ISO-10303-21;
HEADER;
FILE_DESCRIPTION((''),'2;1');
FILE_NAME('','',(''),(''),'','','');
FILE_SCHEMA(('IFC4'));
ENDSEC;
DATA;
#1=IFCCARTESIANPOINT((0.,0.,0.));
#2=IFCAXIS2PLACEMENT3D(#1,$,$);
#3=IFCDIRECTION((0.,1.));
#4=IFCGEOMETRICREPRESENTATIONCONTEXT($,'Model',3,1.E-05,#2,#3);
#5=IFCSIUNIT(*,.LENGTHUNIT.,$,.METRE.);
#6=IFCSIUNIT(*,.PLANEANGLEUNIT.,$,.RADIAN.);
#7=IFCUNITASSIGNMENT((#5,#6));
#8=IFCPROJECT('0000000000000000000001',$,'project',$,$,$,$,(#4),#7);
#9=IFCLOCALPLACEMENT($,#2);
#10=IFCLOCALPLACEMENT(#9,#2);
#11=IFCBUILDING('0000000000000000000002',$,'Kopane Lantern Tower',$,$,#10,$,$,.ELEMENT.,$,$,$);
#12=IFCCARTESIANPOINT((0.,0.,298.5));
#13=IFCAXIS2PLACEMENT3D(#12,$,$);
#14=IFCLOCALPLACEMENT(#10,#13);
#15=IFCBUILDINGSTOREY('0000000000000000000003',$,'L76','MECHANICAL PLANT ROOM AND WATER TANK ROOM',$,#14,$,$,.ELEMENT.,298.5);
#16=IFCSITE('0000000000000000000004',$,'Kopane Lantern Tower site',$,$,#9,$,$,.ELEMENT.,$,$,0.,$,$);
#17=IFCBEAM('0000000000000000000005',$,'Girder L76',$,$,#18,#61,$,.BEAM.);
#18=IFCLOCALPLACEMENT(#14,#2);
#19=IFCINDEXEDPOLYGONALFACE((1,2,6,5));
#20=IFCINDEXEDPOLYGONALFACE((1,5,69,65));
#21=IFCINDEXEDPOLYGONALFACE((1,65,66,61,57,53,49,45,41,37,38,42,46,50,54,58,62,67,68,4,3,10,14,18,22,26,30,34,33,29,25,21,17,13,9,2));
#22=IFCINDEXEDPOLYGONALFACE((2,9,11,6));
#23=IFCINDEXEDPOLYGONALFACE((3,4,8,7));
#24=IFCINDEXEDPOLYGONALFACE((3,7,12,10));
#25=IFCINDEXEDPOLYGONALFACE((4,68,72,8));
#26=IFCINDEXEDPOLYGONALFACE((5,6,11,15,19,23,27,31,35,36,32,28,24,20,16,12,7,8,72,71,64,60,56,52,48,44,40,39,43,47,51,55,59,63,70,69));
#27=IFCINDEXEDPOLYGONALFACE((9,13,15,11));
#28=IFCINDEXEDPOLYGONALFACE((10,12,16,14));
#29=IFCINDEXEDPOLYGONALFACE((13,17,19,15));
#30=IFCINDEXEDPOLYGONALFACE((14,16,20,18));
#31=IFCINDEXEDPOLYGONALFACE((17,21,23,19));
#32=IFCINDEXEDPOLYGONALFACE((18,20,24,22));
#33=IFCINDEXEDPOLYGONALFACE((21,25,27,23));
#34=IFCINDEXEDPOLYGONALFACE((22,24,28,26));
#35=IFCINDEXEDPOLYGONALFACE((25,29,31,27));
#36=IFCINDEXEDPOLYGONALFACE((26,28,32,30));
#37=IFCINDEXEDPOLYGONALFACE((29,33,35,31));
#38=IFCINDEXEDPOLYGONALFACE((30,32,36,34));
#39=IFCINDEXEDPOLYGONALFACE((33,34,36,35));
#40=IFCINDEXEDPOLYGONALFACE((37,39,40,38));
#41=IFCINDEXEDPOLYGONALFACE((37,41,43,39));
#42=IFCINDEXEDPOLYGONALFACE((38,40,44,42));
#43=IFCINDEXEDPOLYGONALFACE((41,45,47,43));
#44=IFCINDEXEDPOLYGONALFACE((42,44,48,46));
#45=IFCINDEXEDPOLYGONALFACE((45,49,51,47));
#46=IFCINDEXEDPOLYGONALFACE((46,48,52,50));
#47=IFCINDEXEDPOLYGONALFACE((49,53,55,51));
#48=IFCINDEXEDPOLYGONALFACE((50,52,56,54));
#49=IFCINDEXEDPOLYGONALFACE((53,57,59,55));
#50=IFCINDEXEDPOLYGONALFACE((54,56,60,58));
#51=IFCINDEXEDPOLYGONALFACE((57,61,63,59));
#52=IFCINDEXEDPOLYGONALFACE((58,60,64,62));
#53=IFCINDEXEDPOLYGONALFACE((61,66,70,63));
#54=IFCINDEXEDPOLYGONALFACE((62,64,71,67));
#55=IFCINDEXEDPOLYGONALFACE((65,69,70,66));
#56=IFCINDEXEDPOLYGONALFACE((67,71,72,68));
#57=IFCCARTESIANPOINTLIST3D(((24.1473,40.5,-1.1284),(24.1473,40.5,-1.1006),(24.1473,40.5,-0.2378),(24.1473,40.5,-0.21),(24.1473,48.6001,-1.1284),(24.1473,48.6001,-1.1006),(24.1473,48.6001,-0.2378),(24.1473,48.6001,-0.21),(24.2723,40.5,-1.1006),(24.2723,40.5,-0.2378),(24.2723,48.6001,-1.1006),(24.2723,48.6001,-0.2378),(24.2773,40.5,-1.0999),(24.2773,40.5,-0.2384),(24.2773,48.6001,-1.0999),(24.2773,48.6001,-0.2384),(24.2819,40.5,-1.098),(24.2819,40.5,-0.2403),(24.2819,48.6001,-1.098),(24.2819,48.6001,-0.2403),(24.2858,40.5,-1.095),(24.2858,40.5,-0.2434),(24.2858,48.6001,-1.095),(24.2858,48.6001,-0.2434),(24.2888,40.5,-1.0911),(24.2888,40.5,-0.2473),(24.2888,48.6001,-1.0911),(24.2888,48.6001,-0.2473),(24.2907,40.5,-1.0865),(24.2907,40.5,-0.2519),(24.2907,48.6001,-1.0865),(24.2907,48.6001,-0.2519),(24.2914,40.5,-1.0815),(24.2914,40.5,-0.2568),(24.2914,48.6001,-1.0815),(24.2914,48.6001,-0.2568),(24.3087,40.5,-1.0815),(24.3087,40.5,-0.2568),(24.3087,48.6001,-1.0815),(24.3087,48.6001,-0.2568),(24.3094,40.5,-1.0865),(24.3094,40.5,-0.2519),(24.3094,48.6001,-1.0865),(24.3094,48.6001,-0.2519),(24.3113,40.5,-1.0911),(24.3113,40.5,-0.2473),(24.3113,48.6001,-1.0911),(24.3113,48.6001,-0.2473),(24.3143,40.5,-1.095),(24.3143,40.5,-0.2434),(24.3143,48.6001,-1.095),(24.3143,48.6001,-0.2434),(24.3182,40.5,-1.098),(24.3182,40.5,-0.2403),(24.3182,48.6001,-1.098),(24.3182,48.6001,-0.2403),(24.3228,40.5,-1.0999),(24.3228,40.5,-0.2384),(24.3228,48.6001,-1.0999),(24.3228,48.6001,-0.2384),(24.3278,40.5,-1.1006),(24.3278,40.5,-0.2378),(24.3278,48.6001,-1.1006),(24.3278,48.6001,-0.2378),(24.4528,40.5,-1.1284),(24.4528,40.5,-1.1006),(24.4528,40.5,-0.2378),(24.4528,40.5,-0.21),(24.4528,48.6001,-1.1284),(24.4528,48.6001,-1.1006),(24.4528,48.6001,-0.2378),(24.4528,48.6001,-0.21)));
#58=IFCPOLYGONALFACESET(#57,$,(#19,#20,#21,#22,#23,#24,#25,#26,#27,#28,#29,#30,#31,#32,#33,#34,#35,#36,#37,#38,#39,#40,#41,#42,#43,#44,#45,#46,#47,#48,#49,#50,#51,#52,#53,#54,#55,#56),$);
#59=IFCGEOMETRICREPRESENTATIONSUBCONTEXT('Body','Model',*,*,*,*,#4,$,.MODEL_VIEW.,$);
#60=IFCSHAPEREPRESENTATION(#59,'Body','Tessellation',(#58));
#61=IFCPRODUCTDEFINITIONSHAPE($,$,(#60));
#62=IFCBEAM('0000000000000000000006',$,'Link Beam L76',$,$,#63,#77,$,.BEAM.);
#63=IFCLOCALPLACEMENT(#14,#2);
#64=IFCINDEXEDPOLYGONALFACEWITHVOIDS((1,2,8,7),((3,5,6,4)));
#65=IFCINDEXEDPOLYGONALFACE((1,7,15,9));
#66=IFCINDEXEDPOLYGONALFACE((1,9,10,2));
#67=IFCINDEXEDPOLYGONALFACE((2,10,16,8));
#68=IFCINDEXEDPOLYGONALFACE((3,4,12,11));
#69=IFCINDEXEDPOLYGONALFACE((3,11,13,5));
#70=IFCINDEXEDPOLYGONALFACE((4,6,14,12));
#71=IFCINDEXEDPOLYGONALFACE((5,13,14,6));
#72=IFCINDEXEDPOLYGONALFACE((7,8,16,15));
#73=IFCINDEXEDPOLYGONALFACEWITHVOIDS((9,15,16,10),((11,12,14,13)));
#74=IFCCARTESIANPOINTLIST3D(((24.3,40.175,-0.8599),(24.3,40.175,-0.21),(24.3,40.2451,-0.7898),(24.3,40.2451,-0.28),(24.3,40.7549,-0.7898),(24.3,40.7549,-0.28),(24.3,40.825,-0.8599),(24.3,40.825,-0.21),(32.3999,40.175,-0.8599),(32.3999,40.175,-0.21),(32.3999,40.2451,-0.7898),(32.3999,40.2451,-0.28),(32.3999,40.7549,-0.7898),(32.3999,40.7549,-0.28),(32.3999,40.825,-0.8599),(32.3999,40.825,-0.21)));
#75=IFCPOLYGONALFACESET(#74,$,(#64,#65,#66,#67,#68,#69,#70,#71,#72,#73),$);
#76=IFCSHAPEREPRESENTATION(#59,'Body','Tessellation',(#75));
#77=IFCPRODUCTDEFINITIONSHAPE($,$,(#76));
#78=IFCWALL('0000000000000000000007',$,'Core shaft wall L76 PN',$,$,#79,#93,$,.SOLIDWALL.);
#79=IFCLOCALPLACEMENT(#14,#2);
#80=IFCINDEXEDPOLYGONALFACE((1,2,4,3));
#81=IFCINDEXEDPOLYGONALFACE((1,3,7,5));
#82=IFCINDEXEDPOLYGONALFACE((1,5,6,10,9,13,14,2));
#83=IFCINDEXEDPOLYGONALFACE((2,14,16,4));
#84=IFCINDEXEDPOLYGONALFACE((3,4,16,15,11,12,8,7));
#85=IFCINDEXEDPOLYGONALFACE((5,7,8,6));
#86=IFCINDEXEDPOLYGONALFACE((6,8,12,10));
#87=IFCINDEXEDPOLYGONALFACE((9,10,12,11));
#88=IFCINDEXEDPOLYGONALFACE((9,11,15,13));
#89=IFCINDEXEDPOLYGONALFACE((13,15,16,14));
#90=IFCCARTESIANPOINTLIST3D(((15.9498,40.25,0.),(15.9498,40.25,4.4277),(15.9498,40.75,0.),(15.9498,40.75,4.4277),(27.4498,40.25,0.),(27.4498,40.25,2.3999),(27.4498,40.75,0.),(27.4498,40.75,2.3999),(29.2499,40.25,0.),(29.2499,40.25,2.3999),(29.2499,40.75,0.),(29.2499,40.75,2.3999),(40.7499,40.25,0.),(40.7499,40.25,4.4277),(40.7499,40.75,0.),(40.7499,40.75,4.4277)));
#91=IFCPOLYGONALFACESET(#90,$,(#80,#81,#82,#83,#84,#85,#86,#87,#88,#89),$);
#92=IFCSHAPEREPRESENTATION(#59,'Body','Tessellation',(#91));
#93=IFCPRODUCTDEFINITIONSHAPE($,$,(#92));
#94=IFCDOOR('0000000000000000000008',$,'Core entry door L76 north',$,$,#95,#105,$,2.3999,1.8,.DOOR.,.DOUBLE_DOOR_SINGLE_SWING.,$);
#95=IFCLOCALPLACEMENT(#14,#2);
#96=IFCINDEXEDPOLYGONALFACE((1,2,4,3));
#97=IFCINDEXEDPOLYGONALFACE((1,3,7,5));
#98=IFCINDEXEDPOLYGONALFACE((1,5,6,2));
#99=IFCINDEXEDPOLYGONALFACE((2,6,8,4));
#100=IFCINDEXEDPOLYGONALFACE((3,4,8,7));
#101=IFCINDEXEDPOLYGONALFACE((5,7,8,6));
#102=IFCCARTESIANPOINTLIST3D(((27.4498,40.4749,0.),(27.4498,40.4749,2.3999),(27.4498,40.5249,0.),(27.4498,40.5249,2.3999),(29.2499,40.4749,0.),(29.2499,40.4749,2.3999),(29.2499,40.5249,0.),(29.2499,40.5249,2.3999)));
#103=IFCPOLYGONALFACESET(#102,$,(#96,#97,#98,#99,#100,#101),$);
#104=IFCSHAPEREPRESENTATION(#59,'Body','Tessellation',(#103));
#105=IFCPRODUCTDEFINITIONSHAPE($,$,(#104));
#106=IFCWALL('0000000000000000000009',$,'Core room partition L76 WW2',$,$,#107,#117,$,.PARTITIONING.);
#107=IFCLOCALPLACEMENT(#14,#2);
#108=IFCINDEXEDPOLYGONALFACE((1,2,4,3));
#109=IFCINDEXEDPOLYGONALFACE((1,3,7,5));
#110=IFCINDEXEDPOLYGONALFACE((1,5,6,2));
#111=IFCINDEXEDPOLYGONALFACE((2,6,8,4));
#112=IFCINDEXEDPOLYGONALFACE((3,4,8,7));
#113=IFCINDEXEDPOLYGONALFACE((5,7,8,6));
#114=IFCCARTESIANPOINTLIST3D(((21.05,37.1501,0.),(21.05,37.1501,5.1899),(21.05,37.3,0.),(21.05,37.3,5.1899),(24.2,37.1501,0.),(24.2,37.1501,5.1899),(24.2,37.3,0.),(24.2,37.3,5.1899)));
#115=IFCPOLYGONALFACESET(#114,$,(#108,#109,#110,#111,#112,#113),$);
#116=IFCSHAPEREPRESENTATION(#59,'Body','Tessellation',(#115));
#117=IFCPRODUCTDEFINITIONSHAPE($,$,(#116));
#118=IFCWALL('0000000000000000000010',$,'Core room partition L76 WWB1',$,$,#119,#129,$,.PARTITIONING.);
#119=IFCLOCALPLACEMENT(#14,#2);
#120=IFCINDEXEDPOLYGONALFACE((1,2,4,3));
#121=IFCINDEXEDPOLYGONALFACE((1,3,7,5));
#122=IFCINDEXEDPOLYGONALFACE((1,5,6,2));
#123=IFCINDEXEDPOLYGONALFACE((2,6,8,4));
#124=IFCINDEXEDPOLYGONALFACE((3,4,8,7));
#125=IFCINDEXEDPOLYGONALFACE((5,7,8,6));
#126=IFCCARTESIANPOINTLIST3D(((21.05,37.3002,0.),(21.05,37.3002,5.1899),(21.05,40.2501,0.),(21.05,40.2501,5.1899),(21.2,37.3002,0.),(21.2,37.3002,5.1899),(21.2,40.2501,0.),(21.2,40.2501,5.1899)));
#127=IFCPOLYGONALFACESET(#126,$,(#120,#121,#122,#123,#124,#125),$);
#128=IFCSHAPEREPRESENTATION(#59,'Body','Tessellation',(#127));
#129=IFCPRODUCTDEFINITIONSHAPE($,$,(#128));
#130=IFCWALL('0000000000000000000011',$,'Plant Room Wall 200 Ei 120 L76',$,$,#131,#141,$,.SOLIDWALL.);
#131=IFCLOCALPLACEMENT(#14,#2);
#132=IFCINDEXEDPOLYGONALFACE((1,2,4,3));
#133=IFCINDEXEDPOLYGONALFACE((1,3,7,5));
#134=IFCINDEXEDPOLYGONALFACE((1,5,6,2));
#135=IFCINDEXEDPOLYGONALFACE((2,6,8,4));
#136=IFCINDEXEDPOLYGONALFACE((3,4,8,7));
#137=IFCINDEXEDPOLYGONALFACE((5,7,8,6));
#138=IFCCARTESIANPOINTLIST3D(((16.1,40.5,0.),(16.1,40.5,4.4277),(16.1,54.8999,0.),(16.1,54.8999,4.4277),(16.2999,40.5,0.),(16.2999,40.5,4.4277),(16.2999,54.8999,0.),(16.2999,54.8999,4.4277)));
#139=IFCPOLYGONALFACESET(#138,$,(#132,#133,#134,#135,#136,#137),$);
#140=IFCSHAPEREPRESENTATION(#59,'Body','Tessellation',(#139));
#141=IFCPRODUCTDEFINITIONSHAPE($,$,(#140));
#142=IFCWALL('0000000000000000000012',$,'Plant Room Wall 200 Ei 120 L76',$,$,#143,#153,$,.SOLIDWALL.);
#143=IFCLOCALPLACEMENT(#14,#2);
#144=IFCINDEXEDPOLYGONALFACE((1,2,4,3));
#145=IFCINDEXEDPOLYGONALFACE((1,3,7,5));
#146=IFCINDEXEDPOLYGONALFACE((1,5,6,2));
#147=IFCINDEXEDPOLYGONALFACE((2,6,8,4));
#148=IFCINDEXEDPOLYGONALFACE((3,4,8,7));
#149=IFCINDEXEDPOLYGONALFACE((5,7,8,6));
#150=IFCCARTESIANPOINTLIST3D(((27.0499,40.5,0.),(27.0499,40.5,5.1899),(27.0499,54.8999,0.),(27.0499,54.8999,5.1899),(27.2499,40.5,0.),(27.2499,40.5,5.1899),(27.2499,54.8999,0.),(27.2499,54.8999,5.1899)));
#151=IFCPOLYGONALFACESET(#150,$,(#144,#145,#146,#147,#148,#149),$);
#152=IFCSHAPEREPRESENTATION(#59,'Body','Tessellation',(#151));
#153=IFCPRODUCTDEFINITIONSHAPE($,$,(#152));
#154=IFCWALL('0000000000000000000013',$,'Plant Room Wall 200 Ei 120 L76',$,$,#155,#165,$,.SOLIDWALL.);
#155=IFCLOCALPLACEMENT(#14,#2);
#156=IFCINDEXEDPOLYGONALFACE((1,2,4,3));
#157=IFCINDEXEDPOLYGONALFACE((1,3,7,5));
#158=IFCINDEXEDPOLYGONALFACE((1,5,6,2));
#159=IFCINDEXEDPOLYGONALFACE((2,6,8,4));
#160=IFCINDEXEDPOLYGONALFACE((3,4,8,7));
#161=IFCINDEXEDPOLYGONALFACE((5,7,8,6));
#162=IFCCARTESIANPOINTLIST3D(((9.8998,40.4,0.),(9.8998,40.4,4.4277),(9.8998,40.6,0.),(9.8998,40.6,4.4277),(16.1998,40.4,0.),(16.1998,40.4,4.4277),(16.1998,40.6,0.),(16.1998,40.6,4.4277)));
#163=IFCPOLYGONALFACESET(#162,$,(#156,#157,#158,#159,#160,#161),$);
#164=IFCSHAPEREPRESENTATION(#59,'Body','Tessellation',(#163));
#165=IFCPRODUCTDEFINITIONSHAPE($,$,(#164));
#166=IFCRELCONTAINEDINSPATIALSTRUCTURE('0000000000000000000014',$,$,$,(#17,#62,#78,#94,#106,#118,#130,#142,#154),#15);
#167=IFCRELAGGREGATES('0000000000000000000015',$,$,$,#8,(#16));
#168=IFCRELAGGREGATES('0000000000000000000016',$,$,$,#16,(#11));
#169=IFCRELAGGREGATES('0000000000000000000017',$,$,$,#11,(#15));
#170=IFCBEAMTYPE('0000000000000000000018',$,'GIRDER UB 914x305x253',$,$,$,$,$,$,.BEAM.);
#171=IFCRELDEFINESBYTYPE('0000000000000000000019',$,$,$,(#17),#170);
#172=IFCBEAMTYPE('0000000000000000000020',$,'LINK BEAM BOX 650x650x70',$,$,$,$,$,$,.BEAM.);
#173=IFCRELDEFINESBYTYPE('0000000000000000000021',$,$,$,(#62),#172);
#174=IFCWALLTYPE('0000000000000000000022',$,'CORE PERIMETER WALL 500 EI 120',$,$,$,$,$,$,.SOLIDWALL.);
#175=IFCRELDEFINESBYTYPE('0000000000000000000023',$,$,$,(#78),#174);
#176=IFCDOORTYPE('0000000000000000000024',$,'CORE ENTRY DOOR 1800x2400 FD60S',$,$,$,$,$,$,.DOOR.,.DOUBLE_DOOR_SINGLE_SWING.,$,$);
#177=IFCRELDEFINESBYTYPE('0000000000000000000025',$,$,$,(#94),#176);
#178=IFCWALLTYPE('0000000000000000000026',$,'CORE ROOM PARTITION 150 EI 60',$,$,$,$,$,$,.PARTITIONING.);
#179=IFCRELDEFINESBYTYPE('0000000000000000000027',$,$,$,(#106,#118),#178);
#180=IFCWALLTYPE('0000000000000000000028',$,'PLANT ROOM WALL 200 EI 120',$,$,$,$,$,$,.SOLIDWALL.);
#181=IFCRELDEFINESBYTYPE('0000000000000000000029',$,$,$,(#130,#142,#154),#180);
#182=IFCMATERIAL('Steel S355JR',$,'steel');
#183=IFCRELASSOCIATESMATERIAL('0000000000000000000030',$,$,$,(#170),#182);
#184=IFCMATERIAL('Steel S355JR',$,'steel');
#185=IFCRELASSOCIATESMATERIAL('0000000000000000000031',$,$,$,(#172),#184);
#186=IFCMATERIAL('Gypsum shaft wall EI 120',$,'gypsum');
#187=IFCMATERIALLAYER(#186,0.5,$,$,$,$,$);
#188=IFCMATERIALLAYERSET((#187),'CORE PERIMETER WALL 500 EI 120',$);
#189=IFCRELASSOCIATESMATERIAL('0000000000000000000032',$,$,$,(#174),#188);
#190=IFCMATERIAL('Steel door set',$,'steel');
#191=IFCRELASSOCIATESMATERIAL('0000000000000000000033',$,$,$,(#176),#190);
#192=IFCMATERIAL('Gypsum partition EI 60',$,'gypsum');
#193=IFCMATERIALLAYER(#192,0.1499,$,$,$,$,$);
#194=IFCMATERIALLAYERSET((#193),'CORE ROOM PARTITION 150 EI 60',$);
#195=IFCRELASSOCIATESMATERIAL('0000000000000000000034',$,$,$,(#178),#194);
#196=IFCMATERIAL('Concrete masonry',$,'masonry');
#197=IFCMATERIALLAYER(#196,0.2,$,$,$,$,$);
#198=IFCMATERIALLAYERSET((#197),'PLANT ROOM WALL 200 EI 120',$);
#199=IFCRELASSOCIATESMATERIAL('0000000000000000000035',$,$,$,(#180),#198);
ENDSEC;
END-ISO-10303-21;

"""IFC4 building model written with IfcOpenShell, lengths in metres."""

from ifc_helpers import new_model, si_unit, direction, frame, frame_2d, origin, origin_2d, place, context, subcontext, project, spatial, rectangle, hollow_rectangle, i_section, extrude, material, layer, layer_set, material_profile, profile_set, type_object, element, fill, save


model = new_model("IFC4")

# Units and contexts
model_context = context("Model", 3, precision=1e-05, world=origin(), true_north=direction((0.0, 1.0)))
body_context = subcontext(model_context, "Body", "Model", "MODEL_VIEW")
ifc_project = project(units=[si_unit("LENGTHUNIT", "METRE"), si_unit("PLANEANGLEUNIT", "RADIAN")], contexts=[model_context])

# Site, building, storey
site_placement = place(None, origin())
site = spatial("IfcSite", under=ifc_project, at=site_placement, Name="Kopane Lantern Tower site", CompositionType="ELEMENT", RefElevation=0.0)
building_placement = place(site_placement, origin())
building = spatial("IfcBuilding", under=site, at=building_placement, Name="Kopane Lantern Tower", CompositionType="ELEMENT")
storey_placement = place(building_placement, frame((0.0, 0.0, 298.5)))
storey = spatial("IfcBuildingStorey", under=building, at=storey_placement, Name="L76", Description="MECHANICAL PLANT ROOM AND WATER TANK ROOM", CompositionType="ELEMENT", Elevation=298.5)

# Beams
ifc_material_1 = material(Name="Steel S355JR", Category="steel")
ifc_material_profile_1 = material_profile(ifc_material_1, i_section(OverallWidth=0.3054, OverallDepth=0.9185, WebThickness=0.0173, FlangeThickness=0.0278, FilletRadius=0.019, at=origin_2d()), Name="UB 914x305x253")
ifc_profile_set_1 = profile_set([ifc_material_profile_1], Name="Steel S355JR")
beam_type_1 = type_object("IfcBeamType", Name="GIRDER UB 914x305x253", PredefinedType="BEAM", material=ifc_profile_set_1)
for number, where, z_axis, x_axis, name in (
    (1, (24.3, 40.5, -0.6692), (0.0, 1.0, 0.0), (-1.0, 0.0, 0.0), "Girder L76"),
):
    element("IfcBeam", number, at=place(storey_placement, frame(where, z_axis=z_axis, x_axis=x_axis)), inside=storey, type_object=beam_type_1, Name=name, PredefinedType="BEAM", context=body_context, shape_type="SweptSolid", body=[
        extrude(i_section(OverallWidth=0.3054, OverallDepth=0.9185, WebThickness=0.0173, FlangeThickness=0.0278, FilletRadius=0.019, at=origin_2d()), origin(), (0.0, 0.0, 1.0), 8.1001),
    ])
ifc_material_2 = material(Name="Steel S355JR", Category="steel")
ifc_material_profile_2 = material_profile(ifc_material_2, hollow_rectangle(XDim=0.6499, YDim=0.6499, WallThickness=0.0701, at=origin_2d()), Name="BOX 650x650x70")
ifc_profile_set_2 = profile_set([ifc_material_profile_2], Name="Steel S355JR")
beam_type_2 = type_object("IfcBeamType", Name="LINK BEAM BOX 650x650x70", PredefinedType="BEAM", material=ifc_profile_set_2)
beam_1_placement = place(storey_placement, frame((24.3, 40.5, -0.5349), z_axis=(1.0, 0.0, 0.0), x_axis=(0.0, 1.0, 0.0)))
element("IfcBeam", 2, at=beam_1_placement, inside=storey, type_object=beam_type_2, Name="Link Beam L76", PredefinedType="BEAM", context=body_context, shape_type="SweptSolid", body=[
    extrude(hollow_rectangle(XDim=0.6499, YDim=0.6499, WallThickness=0.0701, at=origin_2d()), origin(), (0.0, 0.0, 1.0), 8.0999),
])

# Wall, opening, door
ifc_material_3 = material(Name="Gypsum shaft wall EI 120", Category="gypsum")
ifc_layer_1 = layer(ifc_material_3, 0.5)
ifc_layer_set_1 = layer_set([ifc_layer_1], Name="CORE PERIMETER WALL 500 EI 120")
wall_type_1 = type_object("IfcWallType", Name="CORE PERIMETER WALL 500 EI 120", PredefinedType="SOLIDWALL", material=ifc_layer_set_1)
wall_1_placement = place(storey_placement, frame((15.95, 40.5, 0.0), z_axis=(0.0, 0.0, 1.0), x_axis=(1.0, 0.0, 0.0)))
wall_1 = element("IfcWall", 3, at=wall_1_placement, inside=storey, type_object=wall_type_1, Name="Core shaft wall L76 PN", PredefinedType="SOLIDWALL", context=body_context, shape_type="SweptSolid", body=[
    extrude(rectangle(XDim=24.8, YDim=0.5, at=frame_2d((12.3999, 0.0))), origin(), (0.0, 0.0, 1.0), 4.4277),
])
opening_placement = place(wall_1_placement, frame((11.5, 0.0, 0.0)))
opening = element("IfcOpeningElement", 4, at=opening_placement, cuts=wall_1, PredefinedType="OPENING", context=body_context, shape_type="SweptSolid", body=[
    extrude(rectangle(XDim=1.8, YDim=2.3999, at=frame_2d((0.8999, 1.2))), frame((0.0, 0.26, 0.0), z_axis=(0.0, -1.0, 0.0), x_axis=(1.0, 0.0, 0.0)), (0.0, 0.0, 1.0), 0.52),
])
ifc_material_4 = material(Name="Steel door set", Category="steel")
door_type = type_object("IfcDoorType", Name="CORE ENTRY DOOR 1800x2400 FD60S", OperationType="DOUBLE_DOOR_SINGLE_SWING", PredefinedType="DOOR", material=ifc_material_4)
door_placement = place(opening_placement, origin())
door = element("IfcDoor", 5, at=door_placement, inside=storey, type_object=door_type, Name="Core entry door L76 north", OperationType="DOUBLE_DOOR_SINGLE_SWING", OverallHeight=2.3999, OverallWidth=1.8, PredefinedType="DOOR", context=body_context, shape_type="SweptSolid", body=[
    extrude(rectangle(XDim=1.8, YDim=2.3999, at=frame_2d((0.8999, 1.2))), frame((0.0, 0.0249, 0.0), z_axis=(0.0, -1.0, 0.0), x_axis=(1.0, 0.0, 0.0)), (0.0, 0.0, 1.0), 0.05),
])
fill(opening, door)

# Walls
ifc_material_5 = material(Name="Gypsum partition EI 60", Category="gypsum")
ifc_layer_2 = layer(ifc_material_5, 0.1499)
ifc_layer_set_2 = layer_set([ifc_layer_2], Name="CORE ROOM PARTITION 150 EI 60")
wall_type_2 = type_object("IfcWallType", Name="CORE ROOM PARTITION 150 EI 60", PredefinedType="PARTITIONING", material=ifc_layer_set_2)
wall_2_placement = place(storey_placement, frame((21.05, 37.2251, 0.0), z_axis=(0.0, 0.0, 1.0), x_axis=(1.0, 0.0, 0.0)))
element("IfcWall", 6, at=wall_2_placement, inside=storey, type_object=wall_type_2, Name="Core room partition L76 WW2", PredefinedType="PARTITIONING", context=body_context, shape_type="SweptSolid", body=[
    extrude(rectangle(XDim=3.1499, YDim=0.1499, at=frame_2d((1.575, 0.0))), origin(), (0.0, 0.0, 1.0), 5.1899),
])
wall_3_placement = place(storey_placement, frame((21.125, 37.3, 0.0), z_axis=(0.0, 0.0, 1.0), x_axis=(0.0, 1.0, 0.0)))
element("IfcWall", 7, at=wall_3_placement, inside=storey, type_object=wall_type_2, Name="Core room partition L76 WWB1", PredefinedType="PARTITIONING", context=body_context, shape_type="SweptSolid", body=[
    extrude(rectangle(XDim=2.95, YDim=0.1499, at=frame_2d((1.4751, 0.0))), origin(), (0.0, 0.0, 1.0), 5.1899),
])
ifc_material_6 = material(Name="Concrete masonry", Category="masonry")
ifc_layer_3 = layer(ifc_material_6, 0.2)
ifc_layer_set_3 = layer_set([ifc_layer_3], Name="PLANT ROOM WALL 200 EI 120")
wall_type_3 = type_object("IfcWallType", Name="PLANT ROOM WALL 200 EI 120", PredefinedType="SOLIDWALL", material=ifc_layer_set_3)
wall_4_placement = place(storey_placement, frame((16.2, 40.5, 0.0), z_axis=(0.0, 0.0, 1.0), x_axis=(0.0, 1.0, 0.0)))
element("IfcWall", 8, at=wall_4_placement, inside=storey, type_object=wall_type_3, Name="Plant Room Wall 200 Ei 120 L76", PredefinedType="SOLIDWALL", context=body_context, shape_type="SweptSolid", body=[
    extrude(rectangle(XDim=14.3999, YDim=0.2, at=frame_2d((7.2, 0.0))), origin(), (0.0, 0.0, 1.0), 4.4277),
])
wall_5_placement = place(storey_placement, frame((27.1499, 40.5, 0.0), z_axis=(0.0, 0.0, 1.0), x_axis=(0.0, 1.0, 0.0)))
element("IfcWall", 9, at=wall_5_placement, inside=storey, type_object=wall_type_3, Name="Plant Room Wall 200 Ei 120 L76", PredefinedType="SOLIDWALL", context=body_context, shape_type="SweptSolid", body=[
    extrude(rectangle(XDim=14.3999, YDim=0.2, at=frame_2d((7.2, 0.0))), origin(), (0.0, 0.0, 1.0), 5.1899),
])
wall_6_placement = place(storey_placement, frame((9.8999, 40.5, 0.0), z_axis=(0.0, 0.0, 1.0), x_axis=(1.0, 0.0, 0.0)))
element("IfcWall", 10, at=wall_6_placement, inside=storey, type_object=wall_type_3, Name="Plant Room Wall 200 Ei 120 L76", PredefinedType="SOLIDWALL", context=body_context, shape_type="SweptSolid", body=[
    extrude(rectangle(XDim=6.3, YDim=0.2, at=frame_2d((3.1499, 0.0))), origin(), (0.0, 0.0, 1.0), 4.4277),
])

save(model, "model.ifc")
